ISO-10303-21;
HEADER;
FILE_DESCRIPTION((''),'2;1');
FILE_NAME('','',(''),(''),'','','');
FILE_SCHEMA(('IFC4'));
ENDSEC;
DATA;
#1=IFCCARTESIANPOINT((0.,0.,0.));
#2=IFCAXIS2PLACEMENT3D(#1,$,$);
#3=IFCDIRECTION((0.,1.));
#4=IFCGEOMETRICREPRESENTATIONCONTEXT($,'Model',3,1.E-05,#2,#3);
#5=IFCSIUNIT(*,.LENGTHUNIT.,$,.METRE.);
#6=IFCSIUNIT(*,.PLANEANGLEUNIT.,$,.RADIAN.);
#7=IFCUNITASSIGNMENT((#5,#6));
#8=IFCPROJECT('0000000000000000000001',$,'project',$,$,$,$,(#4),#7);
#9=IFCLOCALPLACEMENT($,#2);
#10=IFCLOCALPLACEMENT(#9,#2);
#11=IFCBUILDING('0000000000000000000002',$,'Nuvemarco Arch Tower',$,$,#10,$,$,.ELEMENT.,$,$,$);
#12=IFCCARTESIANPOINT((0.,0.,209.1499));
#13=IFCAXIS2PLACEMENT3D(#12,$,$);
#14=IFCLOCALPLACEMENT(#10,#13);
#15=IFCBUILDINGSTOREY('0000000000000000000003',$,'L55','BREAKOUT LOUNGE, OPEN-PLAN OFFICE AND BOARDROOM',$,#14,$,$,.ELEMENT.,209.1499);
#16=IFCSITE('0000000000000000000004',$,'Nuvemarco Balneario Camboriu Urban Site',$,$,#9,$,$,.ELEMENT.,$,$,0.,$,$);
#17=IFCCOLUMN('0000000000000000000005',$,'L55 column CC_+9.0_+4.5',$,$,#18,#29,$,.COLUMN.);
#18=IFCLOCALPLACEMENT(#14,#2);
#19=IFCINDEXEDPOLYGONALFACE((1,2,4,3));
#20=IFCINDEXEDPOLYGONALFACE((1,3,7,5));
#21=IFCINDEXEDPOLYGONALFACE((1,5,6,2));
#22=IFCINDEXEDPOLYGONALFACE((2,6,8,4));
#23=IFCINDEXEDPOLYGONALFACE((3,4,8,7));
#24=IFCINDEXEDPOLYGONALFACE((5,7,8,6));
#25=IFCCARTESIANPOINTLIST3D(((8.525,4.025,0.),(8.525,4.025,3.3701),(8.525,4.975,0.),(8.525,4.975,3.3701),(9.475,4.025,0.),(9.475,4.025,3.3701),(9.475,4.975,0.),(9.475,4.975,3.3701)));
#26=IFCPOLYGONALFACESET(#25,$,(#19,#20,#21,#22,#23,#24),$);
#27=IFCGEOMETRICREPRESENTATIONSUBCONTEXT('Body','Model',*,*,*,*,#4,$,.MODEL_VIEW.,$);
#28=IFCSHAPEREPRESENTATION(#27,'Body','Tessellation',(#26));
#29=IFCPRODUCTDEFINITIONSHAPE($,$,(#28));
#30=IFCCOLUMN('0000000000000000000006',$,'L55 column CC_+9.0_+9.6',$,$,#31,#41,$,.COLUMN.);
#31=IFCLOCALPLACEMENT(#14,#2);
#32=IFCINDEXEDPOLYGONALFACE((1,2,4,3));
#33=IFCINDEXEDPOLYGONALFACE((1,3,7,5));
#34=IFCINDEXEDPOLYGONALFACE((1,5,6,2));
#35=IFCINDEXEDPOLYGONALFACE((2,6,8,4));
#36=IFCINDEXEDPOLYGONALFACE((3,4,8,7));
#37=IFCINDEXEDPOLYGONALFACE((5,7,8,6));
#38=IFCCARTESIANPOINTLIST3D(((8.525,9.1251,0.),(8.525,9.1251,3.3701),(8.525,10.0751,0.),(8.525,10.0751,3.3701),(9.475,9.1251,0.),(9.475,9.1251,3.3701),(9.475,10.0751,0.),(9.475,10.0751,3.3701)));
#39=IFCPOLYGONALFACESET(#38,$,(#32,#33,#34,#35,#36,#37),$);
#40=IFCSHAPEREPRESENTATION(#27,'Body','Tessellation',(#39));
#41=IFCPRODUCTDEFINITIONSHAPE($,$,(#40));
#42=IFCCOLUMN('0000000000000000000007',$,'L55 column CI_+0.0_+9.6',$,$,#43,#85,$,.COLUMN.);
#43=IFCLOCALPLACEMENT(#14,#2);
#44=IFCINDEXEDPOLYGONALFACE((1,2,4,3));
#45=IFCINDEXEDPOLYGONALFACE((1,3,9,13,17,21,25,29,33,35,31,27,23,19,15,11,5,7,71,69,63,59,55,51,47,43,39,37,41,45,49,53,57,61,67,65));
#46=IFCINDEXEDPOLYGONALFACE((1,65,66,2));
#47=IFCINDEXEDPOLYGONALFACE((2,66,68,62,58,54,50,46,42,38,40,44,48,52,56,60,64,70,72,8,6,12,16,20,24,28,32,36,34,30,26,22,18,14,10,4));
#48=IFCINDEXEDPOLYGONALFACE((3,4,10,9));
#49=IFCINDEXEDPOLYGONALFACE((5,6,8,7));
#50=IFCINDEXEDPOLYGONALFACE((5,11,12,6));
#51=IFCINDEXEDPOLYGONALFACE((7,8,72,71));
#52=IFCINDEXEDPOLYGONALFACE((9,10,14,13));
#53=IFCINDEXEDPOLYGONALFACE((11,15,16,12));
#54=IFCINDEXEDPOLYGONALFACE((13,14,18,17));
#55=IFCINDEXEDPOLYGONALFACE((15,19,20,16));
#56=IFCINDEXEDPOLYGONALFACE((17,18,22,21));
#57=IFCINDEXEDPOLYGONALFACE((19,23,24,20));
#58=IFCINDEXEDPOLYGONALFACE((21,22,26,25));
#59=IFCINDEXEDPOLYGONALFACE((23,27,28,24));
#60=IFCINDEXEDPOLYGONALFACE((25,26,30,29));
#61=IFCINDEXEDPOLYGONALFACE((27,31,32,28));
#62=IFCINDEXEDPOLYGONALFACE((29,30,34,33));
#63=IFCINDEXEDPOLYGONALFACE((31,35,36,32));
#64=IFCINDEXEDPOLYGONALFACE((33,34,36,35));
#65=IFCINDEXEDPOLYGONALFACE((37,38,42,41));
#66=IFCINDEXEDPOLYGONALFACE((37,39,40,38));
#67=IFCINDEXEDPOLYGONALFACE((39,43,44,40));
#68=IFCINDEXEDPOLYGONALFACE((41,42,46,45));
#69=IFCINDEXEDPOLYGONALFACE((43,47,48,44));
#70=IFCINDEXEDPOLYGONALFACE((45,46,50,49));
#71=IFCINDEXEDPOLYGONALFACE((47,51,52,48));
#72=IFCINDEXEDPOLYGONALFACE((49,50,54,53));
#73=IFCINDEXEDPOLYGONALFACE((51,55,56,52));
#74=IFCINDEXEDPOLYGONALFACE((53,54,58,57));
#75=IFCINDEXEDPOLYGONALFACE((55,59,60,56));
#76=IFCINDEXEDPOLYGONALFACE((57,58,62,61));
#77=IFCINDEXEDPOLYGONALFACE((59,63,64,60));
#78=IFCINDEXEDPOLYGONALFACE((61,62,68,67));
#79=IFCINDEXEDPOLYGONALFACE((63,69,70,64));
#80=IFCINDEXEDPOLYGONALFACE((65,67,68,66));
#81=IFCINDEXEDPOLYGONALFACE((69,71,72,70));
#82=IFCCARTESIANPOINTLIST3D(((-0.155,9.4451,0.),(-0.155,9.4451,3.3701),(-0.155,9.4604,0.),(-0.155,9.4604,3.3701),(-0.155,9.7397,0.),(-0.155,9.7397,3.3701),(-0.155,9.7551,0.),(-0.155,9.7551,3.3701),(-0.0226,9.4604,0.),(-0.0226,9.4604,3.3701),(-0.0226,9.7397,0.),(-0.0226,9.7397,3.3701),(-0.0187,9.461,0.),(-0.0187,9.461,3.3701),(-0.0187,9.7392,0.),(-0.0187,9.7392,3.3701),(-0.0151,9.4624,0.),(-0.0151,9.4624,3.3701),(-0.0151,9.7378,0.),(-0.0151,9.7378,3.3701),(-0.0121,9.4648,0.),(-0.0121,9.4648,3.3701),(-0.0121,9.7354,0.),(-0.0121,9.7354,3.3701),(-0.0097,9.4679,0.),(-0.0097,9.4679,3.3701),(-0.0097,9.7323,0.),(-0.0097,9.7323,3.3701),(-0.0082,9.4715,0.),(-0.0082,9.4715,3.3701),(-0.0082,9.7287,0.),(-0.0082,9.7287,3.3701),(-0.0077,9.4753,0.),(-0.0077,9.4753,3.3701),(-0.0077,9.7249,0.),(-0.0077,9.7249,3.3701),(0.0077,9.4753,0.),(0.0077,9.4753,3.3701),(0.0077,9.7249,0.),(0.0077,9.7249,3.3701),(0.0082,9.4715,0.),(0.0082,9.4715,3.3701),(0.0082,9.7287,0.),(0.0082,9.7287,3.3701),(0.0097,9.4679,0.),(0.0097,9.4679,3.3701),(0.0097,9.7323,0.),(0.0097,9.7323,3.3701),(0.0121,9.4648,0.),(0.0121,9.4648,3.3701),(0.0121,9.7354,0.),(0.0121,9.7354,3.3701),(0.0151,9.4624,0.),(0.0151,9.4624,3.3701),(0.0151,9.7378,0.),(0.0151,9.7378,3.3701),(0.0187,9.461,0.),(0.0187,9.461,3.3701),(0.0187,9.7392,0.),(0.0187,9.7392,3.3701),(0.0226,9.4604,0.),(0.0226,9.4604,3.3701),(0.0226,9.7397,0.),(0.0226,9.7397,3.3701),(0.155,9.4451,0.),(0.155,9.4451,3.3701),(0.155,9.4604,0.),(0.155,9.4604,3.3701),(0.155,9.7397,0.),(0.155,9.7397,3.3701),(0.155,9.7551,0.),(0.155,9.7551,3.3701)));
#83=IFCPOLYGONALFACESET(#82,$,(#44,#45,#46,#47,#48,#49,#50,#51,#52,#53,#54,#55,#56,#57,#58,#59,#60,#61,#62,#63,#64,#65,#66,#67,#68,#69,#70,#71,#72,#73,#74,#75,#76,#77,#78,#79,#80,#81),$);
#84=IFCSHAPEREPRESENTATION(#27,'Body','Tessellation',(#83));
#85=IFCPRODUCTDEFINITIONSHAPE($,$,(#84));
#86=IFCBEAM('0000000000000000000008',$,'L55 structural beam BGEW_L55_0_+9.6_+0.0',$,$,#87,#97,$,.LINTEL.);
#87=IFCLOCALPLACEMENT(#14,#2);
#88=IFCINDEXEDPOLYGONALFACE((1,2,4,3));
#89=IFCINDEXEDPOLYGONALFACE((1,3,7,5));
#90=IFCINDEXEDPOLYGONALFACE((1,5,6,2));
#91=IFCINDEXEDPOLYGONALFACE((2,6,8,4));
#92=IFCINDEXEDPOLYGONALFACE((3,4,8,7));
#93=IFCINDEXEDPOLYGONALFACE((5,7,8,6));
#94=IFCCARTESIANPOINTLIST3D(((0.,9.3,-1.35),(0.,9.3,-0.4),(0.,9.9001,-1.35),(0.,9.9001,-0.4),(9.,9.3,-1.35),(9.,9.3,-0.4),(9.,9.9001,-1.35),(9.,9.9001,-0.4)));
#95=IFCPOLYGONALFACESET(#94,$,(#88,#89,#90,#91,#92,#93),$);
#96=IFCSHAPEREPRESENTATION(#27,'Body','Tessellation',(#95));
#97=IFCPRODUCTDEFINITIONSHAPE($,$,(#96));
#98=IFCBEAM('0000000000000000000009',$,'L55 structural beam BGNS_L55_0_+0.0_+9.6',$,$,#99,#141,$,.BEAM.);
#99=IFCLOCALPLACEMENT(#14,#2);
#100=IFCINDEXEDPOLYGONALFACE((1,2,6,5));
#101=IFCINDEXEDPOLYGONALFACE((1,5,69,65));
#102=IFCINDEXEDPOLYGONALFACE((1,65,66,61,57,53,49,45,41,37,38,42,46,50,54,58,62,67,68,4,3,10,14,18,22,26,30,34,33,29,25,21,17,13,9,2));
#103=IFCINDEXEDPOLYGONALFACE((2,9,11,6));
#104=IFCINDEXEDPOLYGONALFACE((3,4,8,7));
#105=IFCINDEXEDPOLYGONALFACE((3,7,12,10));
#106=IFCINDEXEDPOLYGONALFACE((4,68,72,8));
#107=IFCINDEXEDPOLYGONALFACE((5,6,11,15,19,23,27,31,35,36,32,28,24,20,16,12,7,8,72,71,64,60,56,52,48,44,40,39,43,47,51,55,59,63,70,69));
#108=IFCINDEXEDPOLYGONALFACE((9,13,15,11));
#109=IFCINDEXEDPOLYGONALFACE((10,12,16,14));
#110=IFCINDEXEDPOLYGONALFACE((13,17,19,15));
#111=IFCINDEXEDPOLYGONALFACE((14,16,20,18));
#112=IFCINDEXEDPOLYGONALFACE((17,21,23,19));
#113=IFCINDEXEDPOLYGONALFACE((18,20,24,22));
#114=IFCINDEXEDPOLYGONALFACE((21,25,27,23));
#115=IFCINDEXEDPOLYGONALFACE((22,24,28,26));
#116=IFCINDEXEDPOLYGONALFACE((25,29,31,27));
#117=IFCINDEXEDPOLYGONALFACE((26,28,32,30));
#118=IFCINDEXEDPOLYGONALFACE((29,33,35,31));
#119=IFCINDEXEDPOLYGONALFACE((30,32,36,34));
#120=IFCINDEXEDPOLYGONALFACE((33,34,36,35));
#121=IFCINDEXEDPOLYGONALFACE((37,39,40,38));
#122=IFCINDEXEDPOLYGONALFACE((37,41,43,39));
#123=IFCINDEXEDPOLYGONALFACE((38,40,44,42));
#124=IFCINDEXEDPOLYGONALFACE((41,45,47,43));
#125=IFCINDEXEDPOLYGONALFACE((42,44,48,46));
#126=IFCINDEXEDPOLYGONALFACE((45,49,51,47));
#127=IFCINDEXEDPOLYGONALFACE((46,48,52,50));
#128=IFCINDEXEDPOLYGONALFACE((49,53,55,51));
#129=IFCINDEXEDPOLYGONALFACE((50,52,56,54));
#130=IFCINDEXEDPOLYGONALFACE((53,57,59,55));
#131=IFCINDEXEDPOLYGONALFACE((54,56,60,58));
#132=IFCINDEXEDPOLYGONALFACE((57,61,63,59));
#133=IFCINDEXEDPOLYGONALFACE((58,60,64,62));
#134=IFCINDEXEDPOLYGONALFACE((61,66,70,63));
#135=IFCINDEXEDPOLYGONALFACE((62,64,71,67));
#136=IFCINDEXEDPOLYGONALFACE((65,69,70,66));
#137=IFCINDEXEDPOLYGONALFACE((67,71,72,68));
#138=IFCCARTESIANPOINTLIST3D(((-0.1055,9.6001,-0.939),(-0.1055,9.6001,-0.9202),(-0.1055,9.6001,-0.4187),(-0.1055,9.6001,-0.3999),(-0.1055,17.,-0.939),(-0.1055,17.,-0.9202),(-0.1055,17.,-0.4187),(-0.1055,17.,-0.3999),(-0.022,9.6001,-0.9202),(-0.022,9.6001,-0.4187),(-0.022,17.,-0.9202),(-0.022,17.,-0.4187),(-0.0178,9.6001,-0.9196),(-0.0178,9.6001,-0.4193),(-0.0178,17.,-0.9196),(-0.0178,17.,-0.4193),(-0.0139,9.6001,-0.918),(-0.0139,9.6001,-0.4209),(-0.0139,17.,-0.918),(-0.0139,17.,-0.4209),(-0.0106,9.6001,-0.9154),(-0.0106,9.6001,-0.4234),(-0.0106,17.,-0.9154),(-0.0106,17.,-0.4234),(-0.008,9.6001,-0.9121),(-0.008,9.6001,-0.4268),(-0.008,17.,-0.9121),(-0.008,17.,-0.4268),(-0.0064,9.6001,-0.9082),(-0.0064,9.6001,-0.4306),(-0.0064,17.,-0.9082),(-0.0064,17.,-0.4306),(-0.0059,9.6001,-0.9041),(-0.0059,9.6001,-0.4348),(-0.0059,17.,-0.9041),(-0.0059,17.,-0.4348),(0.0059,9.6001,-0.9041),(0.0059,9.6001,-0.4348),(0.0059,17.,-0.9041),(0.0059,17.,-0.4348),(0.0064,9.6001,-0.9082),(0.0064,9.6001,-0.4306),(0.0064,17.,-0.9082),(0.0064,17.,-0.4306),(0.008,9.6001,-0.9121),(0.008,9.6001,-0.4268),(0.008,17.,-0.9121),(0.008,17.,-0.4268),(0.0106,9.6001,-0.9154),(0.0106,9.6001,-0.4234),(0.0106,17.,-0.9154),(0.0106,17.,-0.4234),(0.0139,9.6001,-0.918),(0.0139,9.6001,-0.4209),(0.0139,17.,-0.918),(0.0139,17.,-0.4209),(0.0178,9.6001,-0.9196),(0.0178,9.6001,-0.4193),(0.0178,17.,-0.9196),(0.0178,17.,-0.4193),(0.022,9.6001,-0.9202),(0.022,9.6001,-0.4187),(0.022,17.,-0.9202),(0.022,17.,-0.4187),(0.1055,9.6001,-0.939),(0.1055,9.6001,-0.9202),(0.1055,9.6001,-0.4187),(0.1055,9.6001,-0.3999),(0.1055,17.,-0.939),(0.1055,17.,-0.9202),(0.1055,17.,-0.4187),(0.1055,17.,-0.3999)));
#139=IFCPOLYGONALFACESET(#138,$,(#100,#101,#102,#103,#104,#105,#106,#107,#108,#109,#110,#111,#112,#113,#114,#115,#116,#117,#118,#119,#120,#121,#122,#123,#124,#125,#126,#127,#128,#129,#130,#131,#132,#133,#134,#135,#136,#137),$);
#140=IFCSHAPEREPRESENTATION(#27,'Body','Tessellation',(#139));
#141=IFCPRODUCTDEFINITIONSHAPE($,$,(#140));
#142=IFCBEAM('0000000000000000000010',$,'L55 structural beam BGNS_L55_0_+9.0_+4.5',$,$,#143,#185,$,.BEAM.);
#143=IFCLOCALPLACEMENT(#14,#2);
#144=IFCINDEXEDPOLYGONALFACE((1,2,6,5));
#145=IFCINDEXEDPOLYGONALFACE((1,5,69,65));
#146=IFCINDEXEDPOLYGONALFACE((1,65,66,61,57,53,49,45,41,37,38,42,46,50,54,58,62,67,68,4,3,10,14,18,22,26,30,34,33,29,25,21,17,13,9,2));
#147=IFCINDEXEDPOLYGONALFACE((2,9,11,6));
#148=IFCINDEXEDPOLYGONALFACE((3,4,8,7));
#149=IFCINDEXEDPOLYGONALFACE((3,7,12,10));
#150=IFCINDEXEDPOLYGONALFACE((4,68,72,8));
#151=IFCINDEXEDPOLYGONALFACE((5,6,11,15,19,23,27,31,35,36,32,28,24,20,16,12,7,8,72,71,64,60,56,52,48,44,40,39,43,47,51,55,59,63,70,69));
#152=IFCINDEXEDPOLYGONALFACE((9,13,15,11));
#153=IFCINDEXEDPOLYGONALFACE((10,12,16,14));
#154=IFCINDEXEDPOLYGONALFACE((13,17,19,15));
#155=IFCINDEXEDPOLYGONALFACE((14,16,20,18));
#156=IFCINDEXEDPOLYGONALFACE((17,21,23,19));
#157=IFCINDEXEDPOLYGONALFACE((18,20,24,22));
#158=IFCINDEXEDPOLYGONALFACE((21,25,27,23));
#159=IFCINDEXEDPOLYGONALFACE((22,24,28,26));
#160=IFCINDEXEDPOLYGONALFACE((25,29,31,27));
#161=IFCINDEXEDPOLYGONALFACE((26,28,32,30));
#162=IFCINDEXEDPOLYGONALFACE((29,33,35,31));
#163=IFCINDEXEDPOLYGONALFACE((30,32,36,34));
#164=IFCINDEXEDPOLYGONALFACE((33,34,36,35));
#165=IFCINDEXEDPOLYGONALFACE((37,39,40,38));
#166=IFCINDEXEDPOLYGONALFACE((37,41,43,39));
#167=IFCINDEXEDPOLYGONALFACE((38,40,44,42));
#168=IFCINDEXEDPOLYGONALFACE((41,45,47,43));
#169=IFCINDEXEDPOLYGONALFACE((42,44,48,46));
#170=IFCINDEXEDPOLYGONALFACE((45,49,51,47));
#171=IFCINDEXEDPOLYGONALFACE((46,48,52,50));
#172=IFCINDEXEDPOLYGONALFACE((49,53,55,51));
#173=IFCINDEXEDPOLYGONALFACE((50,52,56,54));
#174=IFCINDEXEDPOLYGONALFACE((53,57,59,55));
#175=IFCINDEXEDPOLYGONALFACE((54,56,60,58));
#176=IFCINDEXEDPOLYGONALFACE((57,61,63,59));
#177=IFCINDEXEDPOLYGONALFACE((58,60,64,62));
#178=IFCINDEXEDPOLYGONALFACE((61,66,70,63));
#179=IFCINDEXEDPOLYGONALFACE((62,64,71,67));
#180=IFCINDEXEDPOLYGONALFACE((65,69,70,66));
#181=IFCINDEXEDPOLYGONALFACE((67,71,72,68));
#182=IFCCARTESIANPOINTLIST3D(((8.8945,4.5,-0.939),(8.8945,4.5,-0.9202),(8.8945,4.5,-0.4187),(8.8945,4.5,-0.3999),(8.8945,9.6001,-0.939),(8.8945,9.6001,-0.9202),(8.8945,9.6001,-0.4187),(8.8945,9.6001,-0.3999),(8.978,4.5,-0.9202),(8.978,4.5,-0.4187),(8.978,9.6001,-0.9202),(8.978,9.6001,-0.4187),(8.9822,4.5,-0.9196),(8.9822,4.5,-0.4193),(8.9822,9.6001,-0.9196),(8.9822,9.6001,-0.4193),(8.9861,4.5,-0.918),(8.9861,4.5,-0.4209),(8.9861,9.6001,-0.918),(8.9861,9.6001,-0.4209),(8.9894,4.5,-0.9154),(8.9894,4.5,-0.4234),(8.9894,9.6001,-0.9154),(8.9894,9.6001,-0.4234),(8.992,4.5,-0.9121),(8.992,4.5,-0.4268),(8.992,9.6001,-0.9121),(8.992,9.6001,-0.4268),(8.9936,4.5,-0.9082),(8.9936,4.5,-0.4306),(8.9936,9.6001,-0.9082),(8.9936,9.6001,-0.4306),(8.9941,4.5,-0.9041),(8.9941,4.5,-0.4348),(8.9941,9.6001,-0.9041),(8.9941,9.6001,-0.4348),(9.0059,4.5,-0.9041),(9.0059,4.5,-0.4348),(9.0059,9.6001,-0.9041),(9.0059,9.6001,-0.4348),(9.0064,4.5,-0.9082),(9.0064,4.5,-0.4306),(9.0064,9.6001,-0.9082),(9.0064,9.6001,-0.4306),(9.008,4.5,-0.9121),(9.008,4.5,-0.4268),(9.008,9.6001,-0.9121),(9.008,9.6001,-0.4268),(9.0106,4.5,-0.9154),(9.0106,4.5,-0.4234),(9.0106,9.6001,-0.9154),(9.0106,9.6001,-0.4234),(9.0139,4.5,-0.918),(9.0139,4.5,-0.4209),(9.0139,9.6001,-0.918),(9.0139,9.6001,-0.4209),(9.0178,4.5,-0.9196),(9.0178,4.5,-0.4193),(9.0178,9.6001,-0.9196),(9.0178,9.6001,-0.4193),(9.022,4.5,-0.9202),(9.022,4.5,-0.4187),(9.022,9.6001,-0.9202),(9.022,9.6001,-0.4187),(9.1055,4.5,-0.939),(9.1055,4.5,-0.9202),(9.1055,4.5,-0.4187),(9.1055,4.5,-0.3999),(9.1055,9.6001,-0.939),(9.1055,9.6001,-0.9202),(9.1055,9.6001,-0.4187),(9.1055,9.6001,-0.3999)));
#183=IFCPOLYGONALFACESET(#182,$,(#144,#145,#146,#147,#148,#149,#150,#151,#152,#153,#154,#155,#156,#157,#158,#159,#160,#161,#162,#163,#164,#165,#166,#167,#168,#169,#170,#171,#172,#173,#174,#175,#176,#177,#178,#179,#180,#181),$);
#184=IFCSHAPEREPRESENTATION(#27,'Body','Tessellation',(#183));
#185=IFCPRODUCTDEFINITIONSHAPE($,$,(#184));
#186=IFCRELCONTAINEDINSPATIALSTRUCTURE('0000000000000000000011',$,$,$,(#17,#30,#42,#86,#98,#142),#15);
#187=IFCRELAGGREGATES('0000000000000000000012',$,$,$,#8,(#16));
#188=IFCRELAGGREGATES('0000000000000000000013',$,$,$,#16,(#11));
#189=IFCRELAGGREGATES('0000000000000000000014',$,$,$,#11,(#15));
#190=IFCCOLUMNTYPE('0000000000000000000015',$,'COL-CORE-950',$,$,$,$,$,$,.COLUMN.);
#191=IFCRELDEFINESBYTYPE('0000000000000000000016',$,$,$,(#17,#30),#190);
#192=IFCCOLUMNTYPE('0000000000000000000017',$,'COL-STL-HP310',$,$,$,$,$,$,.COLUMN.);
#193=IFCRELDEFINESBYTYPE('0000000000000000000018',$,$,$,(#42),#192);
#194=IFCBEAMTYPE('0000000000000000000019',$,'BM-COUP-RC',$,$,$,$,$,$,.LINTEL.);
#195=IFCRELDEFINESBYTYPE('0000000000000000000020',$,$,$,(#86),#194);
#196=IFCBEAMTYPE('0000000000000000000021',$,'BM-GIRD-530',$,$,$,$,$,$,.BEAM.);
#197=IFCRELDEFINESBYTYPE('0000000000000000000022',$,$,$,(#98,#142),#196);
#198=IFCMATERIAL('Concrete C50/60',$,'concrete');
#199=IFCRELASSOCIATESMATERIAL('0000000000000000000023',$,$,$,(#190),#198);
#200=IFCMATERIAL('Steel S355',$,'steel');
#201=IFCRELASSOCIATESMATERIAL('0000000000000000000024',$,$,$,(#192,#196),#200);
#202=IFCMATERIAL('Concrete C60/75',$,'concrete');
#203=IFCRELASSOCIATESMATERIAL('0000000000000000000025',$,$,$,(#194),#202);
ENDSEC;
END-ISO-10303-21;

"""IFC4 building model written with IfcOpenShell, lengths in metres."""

from ifc_helpers import new_model, si_unit, direction, frame, origin, origin_2d, place, context, subcontext, project, spatial, rectangle, i_section, extrude, material, material_profile, profile_set, type_object, element, save


model = new_model("IFC4")

# Units and contexts
model_context = context("Model", 3, precision=1e-05, world=origin(), true_north=direction((0.0, 1.0)))
body_context = subcontext(model_context, "Body", "Model", "MODEL_VIEW")
ifc_project = project(units=[si_unit("LENGTHUNIT", "METRE"), si_unit("PLANEANGLEUNIT", "RADIAN")], contexts=[model_context])

# Site, building, storey
site_placement = place(None, origin())
site = spatial("IfcSite", under=ifc_project, at=site_placement, Name="Nuvemarco Balneario Camboriu Urban Site", CompositionType="ELEMENT", RefElevation=0.0)
building_placement = place(site_placement, origin())
building = spatial("IfcBuilding", under=site, at=building_placement, Name="Nuvemarco Arch Tower", CompositionType="ELEMENT")
storey_placement = place(building_placement, frame((0.0, 0.0, 209.1499)))
storey = spatial("IfcBuildingStorey", under=building, at=storey_placement, Name="L55", Description="BREAKOUT LOUNGE, OPEN-PLAN OFFICE AND BOARDROOM", CompositionType="ELEMENT", Elevation=209.1499)

# Columns
ifc_material_1 = material(Name="Concrete C50/60", Category="concrete")
ifc_material_profile_1 = material_profile(ifc_material_1, rectangle(XDim=0.95, YDim=0.95, at=origin_2d()), Name="RC-COL-950x950")
ifc_profile_set_1 = profile_set([ifc_material_profile_1], Name="Concrete C50/60")
column_type_1 = type_object("IfcColumnType", Name="COL-CORE-950", PredefinedType="COLUMN", material=ifc_profile_set_1)
for number, where, z_axis, x_axis, name in (
    (1, (9.0, 4.5, 0.0), (0.0, 0.0, 1.0), (1.0, 0.0, 0.0), "L55 column CC_+9.0_+4.5"),
    (2, (9.0, 9.6001, 0.0), (0.0, 0.0, 1.0), (1.0, 0.0, 0.0), "L55 column CC_+9.0_+9.6"),
):
    element("IfcColumn", number, at=place(storey_placement, frame(where, z_axis=z_axis, x_axis=x_axis)), inside=storey, type_object=column_type_1, Name=name, PredefinedType="COLUMN", context=body_context, shape_type="SweptSolid", body=[
        extrude(rectangle(XDim=0.95, YDim=0.95, at=origin_2d()), origin(), (0.0, 0.0, 1.0), 3.3701),
    ])
ifc_material_2 = material(Name="Steel S355", Category="steel")
ifc_material_profile_2 = material_profile(ifc_material_2, i_section(OverallWidth=0.3101, OverallDepth=0.3101, WebThickness=0.0154, FlangeThickness=0.0154, FilletRadius=0.0149, at=origin_2d()), Name="HP310x110")
ifc_profile_set_2 = profile_set([ifc_material_profile_2], Name="Steel S355")
column_type_2 = type_object("IfcColumnType", Name="COL-STL-HP310", PredefinedType="COLUMN", material=ifc_profile_set_2)
column_placement = place(storey_placement, frame((0.0, 9.6001, 0.0), z_axis=(0.0, 0.0, 1.0), x_axis=(1.0, 0.0, 0.0)))
element("IfcColumn", 3, at=column_placement, inside=storey, type_object=column_type_2, Name="L55 column CI_+0.0_+9.6", PredefinedType="COLUMN", context=body_context, shape_type="SweptSolid", body=[
    extrude(i_section(OverallWidth=0.3101, OverallDepth=0.3101, WebThickness=0.0154, FlangeThickness=0.0154, FilletRadius=0.0149, at=origin_2d()), origin(), (0.0, 0.0, 1.0), 3.3701),
])

# Beams
ifc_material_3 = material(Name="Concrete C60/75", Category="concrete")
ifc_material_profile_3 = material_profile(ifc_material_3, rectangle(XDim=0.6001, YDim=0.95, at=origin_2d()), Name="RC-BM-600x950")
ifc_profile_set_3 = profile_set([ifc_material_profile_3], Name="Concrete C60/75")
beam_type_1 = type_object("IfcBeamType", Name="BM-COUP-RC", PredefinedType="LINTEL", material=ifc_profile_set_3)
beam_1_placement = place(storey_placement, frame((0.0, 9.6001, -0.875), z_axis=(1.0, 0.0, 0.0), x_axis=(0.0, 1.0, 0.0)))
element("IfcBeam", 4, at=beam_1_placement, inside=storey, type_object=beam_type_1, Name="L55 structural beam BGEW_L55_0_+9.6_+0.0", PredefinedType="LINTEL", context=body_context, shape_type="SweptSolid", body=[
    extrude(rectangle(XDim=0.6001, YDim=0.95, at=origin_2d()), origin(), (0.0, 0.0, 1.0), 9.0),
])
ifc_material_profile_4 = material_profile(ifc_material_2, i_section(OverallWidth=0.2109, OverallDepth=0.5391, WebThickness=0.0117, FlangeThickness=0.0188, FilletRadius=0.0161, at=origin_2d()), Name="W530x109")
ifc_profile_set_4 = profile_set([ifc_material_profile_4], Name="Steel S355")
beam_type_2 = type_object("IfcBeamType", Name="BM-GIRD-530", PredefinedType="BEAM", material=ifc_profile_set_4)
beam_2_placement = place(storey_placement, frame((0.0, 9.6001, -0.6694), z_axis=(0.0, 1.0, 0.0), x_axis=(-1.0, 0.0, 0.0)))
element("IfcBeam", 5, at=beam_2_placement, inside=storey, type_object=beam_type_2, Name="L55 structural beam BGNS_L55_0_+0.0_+9.6", PredefinedType="BEAM", context=body_context, shape_type="SweptSolid", body=[
    extrude(i_section(OverallWidth=0.2109, OverallDepth=0.5391, WebThickness=0.0117, FlangeThickness=0.0188, FilletRadius=0.0161, at=origin_2d()), origin(), (0.0, 0.0, 1.0), 7.3999),
])
beam_3_placement = place(storey_placement, frame((9.0, 4.5, -0.6694), z_axis=(0.0, 1.0, 0.0), x_axis=(-1.0, 0.0, 0.0)))
element("IfcBeam", 6, at=beam_3_placement, inside=storey, type_object=beam_type_2, Name="L55 structural beam BGNS_L55_0_+9.0_+4.5", PredefinedType="BEAM", context=body_context, shape_type="SweptSolid", body=[
    extrude(i_section(OverallWidth=0.2109, OverallDepth=0.5391, WebThickness=0.0117, FlangeThickness=0.0188, FilletRadius=0.0161, at=origin_2d()), origin(), (0.0, 0.0, 1.0), 5.1001),
])

save(model, "model.ifc")
